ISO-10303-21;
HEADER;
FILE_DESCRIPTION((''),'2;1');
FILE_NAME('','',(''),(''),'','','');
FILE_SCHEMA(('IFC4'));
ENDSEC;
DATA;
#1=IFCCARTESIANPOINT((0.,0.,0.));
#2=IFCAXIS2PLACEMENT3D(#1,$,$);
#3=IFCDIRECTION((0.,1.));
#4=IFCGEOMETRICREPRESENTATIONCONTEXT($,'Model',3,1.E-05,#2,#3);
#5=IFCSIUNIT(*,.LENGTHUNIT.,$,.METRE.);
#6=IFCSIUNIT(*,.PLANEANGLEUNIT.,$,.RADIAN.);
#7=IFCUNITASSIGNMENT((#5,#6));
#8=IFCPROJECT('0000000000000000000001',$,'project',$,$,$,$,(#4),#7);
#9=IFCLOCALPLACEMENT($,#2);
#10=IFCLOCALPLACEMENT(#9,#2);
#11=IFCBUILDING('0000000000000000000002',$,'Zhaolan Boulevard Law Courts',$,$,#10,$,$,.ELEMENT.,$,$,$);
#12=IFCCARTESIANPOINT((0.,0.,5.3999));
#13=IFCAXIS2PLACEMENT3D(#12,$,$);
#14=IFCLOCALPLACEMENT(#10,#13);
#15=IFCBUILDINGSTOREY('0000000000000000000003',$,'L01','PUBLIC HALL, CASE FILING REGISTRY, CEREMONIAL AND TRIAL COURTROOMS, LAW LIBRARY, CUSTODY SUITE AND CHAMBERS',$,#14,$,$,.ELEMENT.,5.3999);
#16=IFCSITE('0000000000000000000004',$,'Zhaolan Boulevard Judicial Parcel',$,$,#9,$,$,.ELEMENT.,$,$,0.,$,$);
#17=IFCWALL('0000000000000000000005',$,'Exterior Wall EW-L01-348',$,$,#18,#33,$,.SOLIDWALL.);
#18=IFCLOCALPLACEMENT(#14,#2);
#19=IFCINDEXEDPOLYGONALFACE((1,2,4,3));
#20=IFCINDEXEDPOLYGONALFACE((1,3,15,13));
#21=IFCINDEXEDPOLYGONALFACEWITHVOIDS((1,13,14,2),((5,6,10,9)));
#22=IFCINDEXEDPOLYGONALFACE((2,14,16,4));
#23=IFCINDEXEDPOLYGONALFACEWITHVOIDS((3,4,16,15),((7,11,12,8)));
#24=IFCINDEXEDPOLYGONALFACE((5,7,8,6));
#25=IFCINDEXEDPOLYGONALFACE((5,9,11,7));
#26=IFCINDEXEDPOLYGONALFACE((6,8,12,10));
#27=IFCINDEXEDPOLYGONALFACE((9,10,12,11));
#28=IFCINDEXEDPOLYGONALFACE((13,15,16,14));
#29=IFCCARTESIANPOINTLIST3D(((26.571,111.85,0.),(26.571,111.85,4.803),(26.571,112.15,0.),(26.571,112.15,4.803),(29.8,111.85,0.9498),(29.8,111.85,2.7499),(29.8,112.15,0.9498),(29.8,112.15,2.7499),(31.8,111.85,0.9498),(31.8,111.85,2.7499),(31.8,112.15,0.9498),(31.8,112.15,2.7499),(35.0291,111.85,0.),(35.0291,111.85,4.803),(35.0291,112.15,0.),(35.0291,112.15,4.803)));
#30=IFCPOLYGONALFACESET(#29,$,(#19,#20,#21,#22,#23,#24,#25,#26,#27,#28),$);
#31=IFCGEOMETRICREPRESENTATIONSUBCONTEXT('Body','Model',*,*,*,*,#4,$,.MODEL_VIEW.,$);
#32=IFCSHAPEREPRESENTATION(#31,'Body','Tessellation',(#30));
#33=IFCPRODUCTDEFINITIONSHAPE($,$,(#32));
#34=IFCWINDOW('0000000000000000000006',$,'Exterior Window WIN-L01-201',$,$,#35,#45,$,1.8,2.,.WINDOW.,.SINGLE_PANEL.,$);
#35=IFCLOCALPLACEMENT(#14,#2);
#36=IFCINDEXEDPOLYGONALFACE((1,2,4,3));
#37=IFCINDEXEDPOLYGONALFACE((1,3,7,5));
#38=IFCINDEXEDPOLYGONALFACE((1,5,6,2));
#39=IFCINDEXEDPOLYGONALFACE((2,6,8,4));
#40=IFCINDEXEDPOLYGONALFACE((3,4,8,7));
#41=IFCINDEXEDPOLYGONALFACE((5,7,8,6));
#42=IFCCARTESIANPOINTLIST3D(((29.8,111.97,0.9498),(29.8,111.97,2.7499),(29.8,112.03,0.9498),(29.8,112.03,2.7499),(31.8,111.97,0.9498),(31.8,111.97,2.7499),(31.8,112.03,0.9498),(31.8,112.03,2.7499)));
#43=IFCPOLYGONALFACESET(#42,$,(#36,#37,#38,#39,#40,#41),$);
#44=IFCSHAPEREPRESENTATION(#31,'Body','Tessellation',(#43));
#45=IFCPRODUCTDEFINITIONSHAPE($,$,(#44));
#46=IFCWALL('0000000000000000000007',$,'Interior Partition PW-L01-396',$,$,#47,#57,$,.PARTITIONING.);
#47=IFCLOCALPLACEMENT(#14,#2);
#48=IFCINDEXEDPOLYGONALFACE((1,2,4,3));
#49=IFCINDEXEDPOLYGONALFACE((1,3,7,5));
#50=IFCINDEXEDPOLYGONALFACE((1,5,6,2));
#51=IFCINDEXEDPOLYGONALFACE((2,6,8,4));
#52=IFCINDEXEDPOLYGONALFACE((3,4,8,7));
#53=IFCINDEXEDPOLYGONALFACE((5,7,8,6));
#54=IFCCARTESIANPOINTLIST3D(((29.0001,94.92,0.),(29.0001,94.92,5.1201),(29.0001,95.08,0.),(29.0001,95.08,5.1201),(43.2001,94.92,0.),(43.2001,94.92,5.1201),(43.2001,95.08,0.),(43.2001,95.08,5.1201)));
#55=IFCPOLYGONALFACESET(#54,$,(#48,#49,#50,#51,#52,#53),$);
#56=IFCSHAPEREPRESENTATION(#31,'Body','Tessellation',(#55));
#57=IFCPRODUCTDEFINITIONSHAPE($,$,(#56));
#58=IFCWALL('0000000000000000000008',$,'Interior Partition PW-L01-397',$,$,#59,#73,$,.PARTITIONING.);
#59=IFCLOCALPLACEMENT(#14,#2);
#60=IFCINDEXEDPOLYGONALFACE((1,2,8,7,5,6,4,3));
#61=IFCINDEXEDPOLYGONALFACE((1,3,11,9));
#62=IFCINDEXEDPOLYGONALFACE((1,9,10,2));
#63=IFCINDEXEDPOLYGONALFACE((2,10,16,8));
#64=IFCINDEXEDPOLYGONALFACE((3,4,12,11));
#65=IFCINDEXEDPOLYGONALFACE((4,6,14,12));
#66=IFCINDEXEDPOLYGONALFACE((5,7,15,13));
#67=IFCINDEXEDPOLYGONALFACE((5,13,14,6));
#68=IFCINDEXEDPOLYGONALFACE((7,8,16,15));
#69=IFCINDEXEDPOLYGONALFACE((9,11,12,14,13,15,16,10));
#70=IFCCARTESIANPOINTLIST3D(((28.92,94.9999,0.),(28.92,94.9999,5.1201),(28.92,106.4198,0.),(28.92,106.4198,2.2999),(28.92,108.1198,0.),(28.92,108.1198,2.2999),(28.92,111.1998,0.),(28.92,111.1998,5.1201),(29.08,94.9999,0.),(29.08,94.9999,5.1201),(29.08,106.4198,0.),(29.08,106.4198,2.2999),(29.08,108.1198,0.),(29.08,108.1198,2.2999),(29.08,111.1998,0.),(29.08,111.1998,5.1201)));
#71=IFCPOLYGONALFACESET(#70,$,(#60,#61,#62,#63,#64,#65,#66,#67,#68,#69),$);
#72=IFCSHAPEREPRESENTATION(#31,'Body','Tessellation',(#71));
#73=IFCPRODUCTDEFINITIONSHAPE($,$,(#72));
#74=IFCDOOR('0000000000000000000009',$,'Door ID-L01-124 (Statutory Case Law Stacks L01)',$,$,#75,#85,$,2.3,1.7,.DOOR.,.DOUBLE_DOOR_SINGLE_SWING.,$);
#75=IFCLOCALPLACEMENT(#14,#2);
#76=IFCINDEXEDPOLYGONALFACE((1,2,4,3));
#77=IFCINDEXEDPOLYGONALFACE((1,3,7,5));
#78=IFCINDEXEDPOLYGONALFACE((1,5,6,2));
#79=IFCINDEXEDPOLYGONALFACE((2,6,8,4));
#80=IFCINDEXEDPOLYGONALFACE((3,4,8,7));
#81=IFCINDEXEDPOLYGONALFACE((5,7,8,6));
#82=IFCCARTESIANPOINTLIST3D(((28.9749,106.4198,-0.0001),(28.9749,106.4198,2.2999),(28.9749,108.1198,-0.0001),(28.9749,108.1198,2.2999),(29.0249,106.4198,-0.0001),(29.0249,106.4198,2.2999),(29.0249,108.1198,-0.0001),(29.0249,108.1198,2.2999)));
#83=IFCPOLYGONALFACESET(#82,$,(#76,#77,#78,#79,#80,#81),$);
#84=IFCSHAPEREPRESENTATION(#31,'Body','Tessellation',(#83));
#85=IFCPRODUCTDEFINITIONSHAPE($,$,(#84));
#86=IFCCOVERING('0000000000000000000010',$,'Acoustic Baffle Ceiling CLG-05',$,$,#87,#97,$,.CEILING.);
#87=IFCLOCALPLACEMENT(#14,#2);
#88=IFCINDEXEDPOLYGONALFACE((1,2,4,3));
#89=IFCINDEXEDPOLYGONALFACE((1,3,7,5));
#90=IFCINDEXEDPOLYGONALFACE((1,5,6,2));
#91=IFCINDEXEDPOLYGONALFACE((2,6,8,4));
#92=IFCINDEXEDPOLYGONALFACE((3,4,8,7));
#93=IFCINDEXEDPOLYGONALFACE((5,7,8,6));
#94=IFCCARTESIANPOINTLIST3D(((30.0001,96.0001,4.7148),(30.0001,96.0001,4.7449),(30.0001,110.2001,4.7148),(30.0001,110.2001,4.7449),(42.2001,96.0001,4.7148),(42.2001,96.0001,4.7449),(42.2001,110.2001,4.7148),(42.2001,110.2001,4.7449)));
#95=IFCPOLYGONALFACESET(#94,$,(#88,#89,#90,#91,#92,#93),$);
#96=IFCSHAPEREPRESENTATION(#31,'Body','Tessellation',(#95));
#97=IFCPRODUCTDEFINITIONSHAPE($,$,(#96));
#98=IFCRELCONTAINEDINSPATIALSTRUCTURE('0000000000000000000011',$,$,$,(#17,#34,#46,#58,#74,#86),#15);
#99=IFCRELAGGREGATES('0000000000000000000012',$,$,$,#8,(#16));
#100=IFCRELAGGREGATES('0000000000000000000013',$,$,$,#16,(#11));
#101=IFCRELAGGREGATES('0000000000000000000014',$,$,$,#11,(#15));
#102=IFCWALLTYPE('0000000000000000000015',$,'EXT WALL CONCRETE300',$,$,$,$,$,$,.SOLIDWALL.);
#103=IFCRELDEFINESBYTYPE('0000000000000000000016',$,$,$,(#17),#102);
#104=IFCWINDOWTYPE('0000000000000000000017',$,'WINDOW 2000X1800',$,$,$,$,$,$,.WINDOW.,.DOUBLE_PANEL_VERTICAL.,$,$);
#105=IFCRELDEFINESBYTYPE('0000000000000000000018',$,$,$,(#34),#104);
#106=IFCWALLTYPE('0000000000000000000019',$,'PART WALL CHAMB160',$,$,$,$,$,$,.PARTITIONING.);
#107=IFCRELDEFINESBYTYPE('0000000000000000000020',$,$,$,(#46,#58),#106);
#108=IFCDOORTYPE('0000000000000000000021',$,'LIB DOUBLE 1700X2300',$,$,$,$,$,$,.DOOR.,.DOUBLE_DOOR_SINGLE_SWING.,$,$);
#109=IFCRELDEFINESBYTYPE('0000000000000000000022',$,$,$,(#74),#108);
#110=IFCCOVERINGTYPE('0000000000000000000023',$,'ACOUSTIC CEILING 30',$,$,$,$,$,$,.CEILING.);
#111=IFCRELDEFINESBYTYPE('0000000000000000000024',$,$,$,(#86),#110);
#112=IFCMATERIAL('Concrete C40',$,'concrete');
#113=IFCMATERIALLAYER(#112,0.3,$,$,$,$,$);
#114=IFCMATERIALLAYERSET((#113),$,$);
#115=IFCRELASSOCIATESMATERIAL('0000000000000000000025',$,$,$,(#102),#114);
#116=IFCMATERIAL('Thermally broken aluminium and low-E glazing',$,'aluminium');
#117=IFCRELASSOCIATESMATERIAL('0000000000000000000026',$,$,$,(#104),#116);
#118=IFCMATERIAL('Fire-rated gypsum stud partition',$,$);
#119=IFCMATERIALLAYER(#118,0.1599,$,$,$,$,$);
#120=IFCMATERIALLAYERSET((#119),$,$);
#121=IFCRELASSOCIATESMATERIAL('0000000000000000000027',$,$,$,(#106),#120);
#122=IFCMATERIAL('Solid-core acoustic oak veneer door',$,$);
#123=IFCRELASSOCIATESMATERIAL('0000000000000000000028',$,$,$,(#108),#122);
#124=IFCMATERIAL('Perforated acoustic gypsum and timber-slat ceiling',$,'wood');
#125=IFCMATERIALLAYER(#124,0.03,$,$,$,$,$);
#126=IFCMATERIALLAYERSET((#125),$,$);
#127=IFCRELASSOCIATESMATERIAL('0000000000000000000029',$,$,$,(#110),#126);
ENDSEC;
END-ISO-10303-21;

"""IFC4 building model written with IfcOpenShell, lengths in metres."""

from ifc_helpers import new_model, si_unit, direction, frame, frame_2d, origin, origin_2d, place, context, subcontext, project, spatial, rectangle, extrude, material, layer, layer_set, type_object, element, fill, save


model = new_model("IFC4")

# Units and contexts
model_context = context("Model", 3, precision=1e-05, world=origin(), true_north=direction((0.0, 1.0)))
body_context = subcontext(model_context, "Body", "Model", "MODEL_VIEW")
ifc_project = project(units=[si_unit("LENGTHUNIT", "METRE"), si_unit("PLANEANGLEUNIT", "RADIAN")], contexts=[model_context])

# Site, building, storey
site_placement = place(None, origin())
site = spatial("IfcSite", under=ifc_project, at=site_placement, Name="Zhaolan Boulevard Judicial Parcel", CompositionType="ELEMENT", RefElevation=0.0)
building_placement = place(site_placement, origin())
building = spatial("IfcBuilding", under=site, at=building_placement, Name="Zhaolan Boulevard Law Courts", CompositionType="ELEMENT")
storey_placement = place(building_placement, frame((0.0, 0.0, 5.3999)))
storey = spatial("IfcBuildingStorey", under=building, at=storey_placement, Name="L01", Description="PUBLIC HALL, CASE FILING REGISTRY, CEREMONIAL AND TRIAL COURTROOMS, LAW LIBRARY, CUSTODY SUITE AND CHAMBERS", CompositionType="ELEMENT", Elevation=5.3999)

# Wall, opening, window
ifc_material_1 = material(Name="Concrete C40", Category="concrete")
ifc_layer_1 = layer(ifc_material_1, 0.3)
ifc_layer_set_1 = layer_set([ifc_layer_1])
wall_type_1 = type_object("IfcWallType", Name="EXT WALL CONCRETE300", PredefinedType="SOLIDWALL", material=ifc_layer_set_1)
wall_1_placement = place(storey_placement, frame((35.0291, 112.0, 0.0), z_axis=(0.0, 0.0, 1.0), x_axis=(-1.0, 0.0, 0.0)))
wall_1 = element("IfcWall", 1, at=wall_1_placement, inside=storey, type_object=wall_type_1, Name="Exterior Wall EW-L01-348", PredefinedType="SOLIDWALL", context=body_context, shape_type="SweptSolid", body=[
    extrude(rectangle(XDim=8.458, YDim=0.3, at=frame_2d((4.229, 0.0))), origin(), (0.0, 0.0, 1.0), 4.803),
])
opening_1_placement = place(wall_1_placement, frame((3.229, 0.0, 0.95)))
opening_1 = element("IfcOpeningElement", 2, at=opening_1_placement, cuts=wall_1, PredefinedType="OPENING", context=body_context, shape_type="SweptSolid", body=[
    extrude(rectangle(XDim=2.0, YDim=1.8, at=frame_2d((1.0, 0.8999))), frame((0.0, 0.1599, 0.0), z_axis=(0.0, -1.0, 0.0), x_axis=(1.0, 0.0, 0.0)), (0.0, 0.0, 1.0), 0.3201),
])
ifc_material_2 = material(Name="Thermally broken aluminium and low-E glazing", Category="aluminium")
window_type_1 = type_object("IfcWindowType", Name="WINDOW 2000X1800", PartitioningType="DOUBLE_PANEL_VERTICAL", PredefinedType="WINDOW", material=ifc_material_2)
window_1_placement = place(opening_1_placement, origin())
window_1 = element("IfcWindow", 3, at=window_1_placement, inside=storey, type_object=window_type_1, Name="Exterior Window WIN-L01-201", OverallHeight=1.8, OverallWidth=2.0, PartitioningType="SINGLE_PANEL", PredefinedType="WINDOW", context=body_context, shape_type="SweptSolid", body=[
    extrude(rectangle(XDim=2.0, YDim=1.8, at=frame_2d((1.0, 0.8999))), frame((0.0, 0.03, 0.0), z_axis=(0.0, -1.0, 0.0), x_axis=(1.0, 0.0, 0.0)), (0.0, 0.0, 1.0), 0.0601),
])
fill(opening_1, window_1)

# Wall
ifc_material_3 = material(Name="Fire-rated gypsum stud partition")
ifc_layer_2 = layer(ifc_material_3, 0.1599)
ifc_layer_set_2 = layer_set([ifc_layer_2])
wall_type_2 = type_object("IfcWallType", Name="PART WALL CHAMB160", PredefinedType="PARTITIONING", material=ifc_layer_set_2)
wall_2_placement = place(storey_placement, frame((29.0, 95.0, 0.0), z_axis=(0.0, 0.0, 1.0), x_axis=(1.0, 0.0, 0.0)))
element("IfcWall", 4, at=wall_2_placement, inside=storey, type_object=wall_type_2, Name="Interior Partition PW-L01-396", PredefinedType="PARTITIONING", context=body_context, shape_type="SweptSolid", body=[
    extrude(rectangle(XDim=14.2, YDim=0.1599, at=frame_2d((7.1001, 0.0))), origin(), (0.0, 0.0, 1.0), 5.1201),
])

# Wall, opening, door
wall_3_placement = place(storey_placement, frame((29.0, 111.2, 0.0), z_axis=(0.0, 0.0, 1.0), x_axis=(0.0, -1.0, 0.0)))
wall_3 = element("IfcWall", 5, at=wall_3_placement, inside=storey, type_object=wall_type_2, Name="Interior Partition PW-L01-397", PredefinedType="PARTITIONING", context=body_context, shape_type="SweptSolid", body=[
    extrude(rectangle(XDim=16.2, YDim=0.1599, at=frame_2d((8.1001, 0.0))), origin(), (0.0, 0.0, 1.0), 5.1201),
])
opening_2_placement = place(wall_3_placement, frame((3.0801, 0.0, 0.0)))
opening_2 = element("IfcOpeningElement", 6, at=opening_2_placement, cuts=wall_3, PredefinedType="OPENING", context=body_context, shape_type="SweptSolid", body=[
    extrude(rectangle(XDim=1.7, YDim=2.3, at=frame_2d((0.8501, 1.1499))), frame((0.0, 0.0898, 0.0), z_axis=(0.0, -1.0, 0.0), x_axis=(1.0, 0.0, 0.0)), (0.0, 0.0, 1.0), 0.1799),
])
ifc_material_4 = material(Name="Solid-core acoustic oak veneer door")
door_type = type_object("IfcDoorType", Name="LIB DOUBLE 1700X2300", OperationType="DOUBLE_DOOR_SINGLE_SWING", PredefinedType="DOOR", material=ifc_material_4)
door_placement = place(opening_2_placement, origin())
door = element("IfcDoor", 7, at=door_placement, inside=storey, type_object=door_type, Name="Door ID-L01-124 (Statutory Case Law Stacks L01)", OperationType="DOUBLE_DOOR_SINGLE_SWING", OverallHeight=2.3, OverallWidth=1.7, PredefinedType="DOOR", context=body_context, shape_type="SweptSolid", body=[
    extrude(rectangle(XDim=1.7, YDim=2.3, at=frame_2d((0.8501, 1.1499))), frame((0.0, 0.0249, 0.0), z_axis=(0.0, -1.0, 0.0), x_axis=(1.0, 0.0, 0.0)), (0.0, 0.0, 1.0), 0.05),
])
fill(opening_2, door)

# Covering
ifc_material_5 = material(Name="Perforated acoustic gypsum and timber-slat ceiling", Category="wood")
ifc_layer_3 = layer(ifc_material_5, 0.03)
ifc_layer_set_3 = layer_set([ifc_layer_3])
covering_type = type_object("IfcCoveringType", Name="ACOUSTIC CEILING 30", PredefinedType="CEILING", material=ifc_layer_set_3)
covering_placement = place(storey_placement, frame((36.1001, 103.1001, 4.7148), z_axis=(0.0, 0.0, 1.0), x_axis=(1.0, 0.0, 0.0)))
element("IfcCovering", 8, at=covering_placement, inside=storey, type_object=covering_type, Name="Acoustic Baffle Ceiling CLG-05", PredefinedType="CEILING", context=body_context, shape_type="SweptSolid", body=[
    extrude(rectangle(XDim=12.2, YDim=14.2, at=origin_2d()), origin(), (0.0, 0.0, 1.0), 0.03),
])

save(model, "model.ifc")
